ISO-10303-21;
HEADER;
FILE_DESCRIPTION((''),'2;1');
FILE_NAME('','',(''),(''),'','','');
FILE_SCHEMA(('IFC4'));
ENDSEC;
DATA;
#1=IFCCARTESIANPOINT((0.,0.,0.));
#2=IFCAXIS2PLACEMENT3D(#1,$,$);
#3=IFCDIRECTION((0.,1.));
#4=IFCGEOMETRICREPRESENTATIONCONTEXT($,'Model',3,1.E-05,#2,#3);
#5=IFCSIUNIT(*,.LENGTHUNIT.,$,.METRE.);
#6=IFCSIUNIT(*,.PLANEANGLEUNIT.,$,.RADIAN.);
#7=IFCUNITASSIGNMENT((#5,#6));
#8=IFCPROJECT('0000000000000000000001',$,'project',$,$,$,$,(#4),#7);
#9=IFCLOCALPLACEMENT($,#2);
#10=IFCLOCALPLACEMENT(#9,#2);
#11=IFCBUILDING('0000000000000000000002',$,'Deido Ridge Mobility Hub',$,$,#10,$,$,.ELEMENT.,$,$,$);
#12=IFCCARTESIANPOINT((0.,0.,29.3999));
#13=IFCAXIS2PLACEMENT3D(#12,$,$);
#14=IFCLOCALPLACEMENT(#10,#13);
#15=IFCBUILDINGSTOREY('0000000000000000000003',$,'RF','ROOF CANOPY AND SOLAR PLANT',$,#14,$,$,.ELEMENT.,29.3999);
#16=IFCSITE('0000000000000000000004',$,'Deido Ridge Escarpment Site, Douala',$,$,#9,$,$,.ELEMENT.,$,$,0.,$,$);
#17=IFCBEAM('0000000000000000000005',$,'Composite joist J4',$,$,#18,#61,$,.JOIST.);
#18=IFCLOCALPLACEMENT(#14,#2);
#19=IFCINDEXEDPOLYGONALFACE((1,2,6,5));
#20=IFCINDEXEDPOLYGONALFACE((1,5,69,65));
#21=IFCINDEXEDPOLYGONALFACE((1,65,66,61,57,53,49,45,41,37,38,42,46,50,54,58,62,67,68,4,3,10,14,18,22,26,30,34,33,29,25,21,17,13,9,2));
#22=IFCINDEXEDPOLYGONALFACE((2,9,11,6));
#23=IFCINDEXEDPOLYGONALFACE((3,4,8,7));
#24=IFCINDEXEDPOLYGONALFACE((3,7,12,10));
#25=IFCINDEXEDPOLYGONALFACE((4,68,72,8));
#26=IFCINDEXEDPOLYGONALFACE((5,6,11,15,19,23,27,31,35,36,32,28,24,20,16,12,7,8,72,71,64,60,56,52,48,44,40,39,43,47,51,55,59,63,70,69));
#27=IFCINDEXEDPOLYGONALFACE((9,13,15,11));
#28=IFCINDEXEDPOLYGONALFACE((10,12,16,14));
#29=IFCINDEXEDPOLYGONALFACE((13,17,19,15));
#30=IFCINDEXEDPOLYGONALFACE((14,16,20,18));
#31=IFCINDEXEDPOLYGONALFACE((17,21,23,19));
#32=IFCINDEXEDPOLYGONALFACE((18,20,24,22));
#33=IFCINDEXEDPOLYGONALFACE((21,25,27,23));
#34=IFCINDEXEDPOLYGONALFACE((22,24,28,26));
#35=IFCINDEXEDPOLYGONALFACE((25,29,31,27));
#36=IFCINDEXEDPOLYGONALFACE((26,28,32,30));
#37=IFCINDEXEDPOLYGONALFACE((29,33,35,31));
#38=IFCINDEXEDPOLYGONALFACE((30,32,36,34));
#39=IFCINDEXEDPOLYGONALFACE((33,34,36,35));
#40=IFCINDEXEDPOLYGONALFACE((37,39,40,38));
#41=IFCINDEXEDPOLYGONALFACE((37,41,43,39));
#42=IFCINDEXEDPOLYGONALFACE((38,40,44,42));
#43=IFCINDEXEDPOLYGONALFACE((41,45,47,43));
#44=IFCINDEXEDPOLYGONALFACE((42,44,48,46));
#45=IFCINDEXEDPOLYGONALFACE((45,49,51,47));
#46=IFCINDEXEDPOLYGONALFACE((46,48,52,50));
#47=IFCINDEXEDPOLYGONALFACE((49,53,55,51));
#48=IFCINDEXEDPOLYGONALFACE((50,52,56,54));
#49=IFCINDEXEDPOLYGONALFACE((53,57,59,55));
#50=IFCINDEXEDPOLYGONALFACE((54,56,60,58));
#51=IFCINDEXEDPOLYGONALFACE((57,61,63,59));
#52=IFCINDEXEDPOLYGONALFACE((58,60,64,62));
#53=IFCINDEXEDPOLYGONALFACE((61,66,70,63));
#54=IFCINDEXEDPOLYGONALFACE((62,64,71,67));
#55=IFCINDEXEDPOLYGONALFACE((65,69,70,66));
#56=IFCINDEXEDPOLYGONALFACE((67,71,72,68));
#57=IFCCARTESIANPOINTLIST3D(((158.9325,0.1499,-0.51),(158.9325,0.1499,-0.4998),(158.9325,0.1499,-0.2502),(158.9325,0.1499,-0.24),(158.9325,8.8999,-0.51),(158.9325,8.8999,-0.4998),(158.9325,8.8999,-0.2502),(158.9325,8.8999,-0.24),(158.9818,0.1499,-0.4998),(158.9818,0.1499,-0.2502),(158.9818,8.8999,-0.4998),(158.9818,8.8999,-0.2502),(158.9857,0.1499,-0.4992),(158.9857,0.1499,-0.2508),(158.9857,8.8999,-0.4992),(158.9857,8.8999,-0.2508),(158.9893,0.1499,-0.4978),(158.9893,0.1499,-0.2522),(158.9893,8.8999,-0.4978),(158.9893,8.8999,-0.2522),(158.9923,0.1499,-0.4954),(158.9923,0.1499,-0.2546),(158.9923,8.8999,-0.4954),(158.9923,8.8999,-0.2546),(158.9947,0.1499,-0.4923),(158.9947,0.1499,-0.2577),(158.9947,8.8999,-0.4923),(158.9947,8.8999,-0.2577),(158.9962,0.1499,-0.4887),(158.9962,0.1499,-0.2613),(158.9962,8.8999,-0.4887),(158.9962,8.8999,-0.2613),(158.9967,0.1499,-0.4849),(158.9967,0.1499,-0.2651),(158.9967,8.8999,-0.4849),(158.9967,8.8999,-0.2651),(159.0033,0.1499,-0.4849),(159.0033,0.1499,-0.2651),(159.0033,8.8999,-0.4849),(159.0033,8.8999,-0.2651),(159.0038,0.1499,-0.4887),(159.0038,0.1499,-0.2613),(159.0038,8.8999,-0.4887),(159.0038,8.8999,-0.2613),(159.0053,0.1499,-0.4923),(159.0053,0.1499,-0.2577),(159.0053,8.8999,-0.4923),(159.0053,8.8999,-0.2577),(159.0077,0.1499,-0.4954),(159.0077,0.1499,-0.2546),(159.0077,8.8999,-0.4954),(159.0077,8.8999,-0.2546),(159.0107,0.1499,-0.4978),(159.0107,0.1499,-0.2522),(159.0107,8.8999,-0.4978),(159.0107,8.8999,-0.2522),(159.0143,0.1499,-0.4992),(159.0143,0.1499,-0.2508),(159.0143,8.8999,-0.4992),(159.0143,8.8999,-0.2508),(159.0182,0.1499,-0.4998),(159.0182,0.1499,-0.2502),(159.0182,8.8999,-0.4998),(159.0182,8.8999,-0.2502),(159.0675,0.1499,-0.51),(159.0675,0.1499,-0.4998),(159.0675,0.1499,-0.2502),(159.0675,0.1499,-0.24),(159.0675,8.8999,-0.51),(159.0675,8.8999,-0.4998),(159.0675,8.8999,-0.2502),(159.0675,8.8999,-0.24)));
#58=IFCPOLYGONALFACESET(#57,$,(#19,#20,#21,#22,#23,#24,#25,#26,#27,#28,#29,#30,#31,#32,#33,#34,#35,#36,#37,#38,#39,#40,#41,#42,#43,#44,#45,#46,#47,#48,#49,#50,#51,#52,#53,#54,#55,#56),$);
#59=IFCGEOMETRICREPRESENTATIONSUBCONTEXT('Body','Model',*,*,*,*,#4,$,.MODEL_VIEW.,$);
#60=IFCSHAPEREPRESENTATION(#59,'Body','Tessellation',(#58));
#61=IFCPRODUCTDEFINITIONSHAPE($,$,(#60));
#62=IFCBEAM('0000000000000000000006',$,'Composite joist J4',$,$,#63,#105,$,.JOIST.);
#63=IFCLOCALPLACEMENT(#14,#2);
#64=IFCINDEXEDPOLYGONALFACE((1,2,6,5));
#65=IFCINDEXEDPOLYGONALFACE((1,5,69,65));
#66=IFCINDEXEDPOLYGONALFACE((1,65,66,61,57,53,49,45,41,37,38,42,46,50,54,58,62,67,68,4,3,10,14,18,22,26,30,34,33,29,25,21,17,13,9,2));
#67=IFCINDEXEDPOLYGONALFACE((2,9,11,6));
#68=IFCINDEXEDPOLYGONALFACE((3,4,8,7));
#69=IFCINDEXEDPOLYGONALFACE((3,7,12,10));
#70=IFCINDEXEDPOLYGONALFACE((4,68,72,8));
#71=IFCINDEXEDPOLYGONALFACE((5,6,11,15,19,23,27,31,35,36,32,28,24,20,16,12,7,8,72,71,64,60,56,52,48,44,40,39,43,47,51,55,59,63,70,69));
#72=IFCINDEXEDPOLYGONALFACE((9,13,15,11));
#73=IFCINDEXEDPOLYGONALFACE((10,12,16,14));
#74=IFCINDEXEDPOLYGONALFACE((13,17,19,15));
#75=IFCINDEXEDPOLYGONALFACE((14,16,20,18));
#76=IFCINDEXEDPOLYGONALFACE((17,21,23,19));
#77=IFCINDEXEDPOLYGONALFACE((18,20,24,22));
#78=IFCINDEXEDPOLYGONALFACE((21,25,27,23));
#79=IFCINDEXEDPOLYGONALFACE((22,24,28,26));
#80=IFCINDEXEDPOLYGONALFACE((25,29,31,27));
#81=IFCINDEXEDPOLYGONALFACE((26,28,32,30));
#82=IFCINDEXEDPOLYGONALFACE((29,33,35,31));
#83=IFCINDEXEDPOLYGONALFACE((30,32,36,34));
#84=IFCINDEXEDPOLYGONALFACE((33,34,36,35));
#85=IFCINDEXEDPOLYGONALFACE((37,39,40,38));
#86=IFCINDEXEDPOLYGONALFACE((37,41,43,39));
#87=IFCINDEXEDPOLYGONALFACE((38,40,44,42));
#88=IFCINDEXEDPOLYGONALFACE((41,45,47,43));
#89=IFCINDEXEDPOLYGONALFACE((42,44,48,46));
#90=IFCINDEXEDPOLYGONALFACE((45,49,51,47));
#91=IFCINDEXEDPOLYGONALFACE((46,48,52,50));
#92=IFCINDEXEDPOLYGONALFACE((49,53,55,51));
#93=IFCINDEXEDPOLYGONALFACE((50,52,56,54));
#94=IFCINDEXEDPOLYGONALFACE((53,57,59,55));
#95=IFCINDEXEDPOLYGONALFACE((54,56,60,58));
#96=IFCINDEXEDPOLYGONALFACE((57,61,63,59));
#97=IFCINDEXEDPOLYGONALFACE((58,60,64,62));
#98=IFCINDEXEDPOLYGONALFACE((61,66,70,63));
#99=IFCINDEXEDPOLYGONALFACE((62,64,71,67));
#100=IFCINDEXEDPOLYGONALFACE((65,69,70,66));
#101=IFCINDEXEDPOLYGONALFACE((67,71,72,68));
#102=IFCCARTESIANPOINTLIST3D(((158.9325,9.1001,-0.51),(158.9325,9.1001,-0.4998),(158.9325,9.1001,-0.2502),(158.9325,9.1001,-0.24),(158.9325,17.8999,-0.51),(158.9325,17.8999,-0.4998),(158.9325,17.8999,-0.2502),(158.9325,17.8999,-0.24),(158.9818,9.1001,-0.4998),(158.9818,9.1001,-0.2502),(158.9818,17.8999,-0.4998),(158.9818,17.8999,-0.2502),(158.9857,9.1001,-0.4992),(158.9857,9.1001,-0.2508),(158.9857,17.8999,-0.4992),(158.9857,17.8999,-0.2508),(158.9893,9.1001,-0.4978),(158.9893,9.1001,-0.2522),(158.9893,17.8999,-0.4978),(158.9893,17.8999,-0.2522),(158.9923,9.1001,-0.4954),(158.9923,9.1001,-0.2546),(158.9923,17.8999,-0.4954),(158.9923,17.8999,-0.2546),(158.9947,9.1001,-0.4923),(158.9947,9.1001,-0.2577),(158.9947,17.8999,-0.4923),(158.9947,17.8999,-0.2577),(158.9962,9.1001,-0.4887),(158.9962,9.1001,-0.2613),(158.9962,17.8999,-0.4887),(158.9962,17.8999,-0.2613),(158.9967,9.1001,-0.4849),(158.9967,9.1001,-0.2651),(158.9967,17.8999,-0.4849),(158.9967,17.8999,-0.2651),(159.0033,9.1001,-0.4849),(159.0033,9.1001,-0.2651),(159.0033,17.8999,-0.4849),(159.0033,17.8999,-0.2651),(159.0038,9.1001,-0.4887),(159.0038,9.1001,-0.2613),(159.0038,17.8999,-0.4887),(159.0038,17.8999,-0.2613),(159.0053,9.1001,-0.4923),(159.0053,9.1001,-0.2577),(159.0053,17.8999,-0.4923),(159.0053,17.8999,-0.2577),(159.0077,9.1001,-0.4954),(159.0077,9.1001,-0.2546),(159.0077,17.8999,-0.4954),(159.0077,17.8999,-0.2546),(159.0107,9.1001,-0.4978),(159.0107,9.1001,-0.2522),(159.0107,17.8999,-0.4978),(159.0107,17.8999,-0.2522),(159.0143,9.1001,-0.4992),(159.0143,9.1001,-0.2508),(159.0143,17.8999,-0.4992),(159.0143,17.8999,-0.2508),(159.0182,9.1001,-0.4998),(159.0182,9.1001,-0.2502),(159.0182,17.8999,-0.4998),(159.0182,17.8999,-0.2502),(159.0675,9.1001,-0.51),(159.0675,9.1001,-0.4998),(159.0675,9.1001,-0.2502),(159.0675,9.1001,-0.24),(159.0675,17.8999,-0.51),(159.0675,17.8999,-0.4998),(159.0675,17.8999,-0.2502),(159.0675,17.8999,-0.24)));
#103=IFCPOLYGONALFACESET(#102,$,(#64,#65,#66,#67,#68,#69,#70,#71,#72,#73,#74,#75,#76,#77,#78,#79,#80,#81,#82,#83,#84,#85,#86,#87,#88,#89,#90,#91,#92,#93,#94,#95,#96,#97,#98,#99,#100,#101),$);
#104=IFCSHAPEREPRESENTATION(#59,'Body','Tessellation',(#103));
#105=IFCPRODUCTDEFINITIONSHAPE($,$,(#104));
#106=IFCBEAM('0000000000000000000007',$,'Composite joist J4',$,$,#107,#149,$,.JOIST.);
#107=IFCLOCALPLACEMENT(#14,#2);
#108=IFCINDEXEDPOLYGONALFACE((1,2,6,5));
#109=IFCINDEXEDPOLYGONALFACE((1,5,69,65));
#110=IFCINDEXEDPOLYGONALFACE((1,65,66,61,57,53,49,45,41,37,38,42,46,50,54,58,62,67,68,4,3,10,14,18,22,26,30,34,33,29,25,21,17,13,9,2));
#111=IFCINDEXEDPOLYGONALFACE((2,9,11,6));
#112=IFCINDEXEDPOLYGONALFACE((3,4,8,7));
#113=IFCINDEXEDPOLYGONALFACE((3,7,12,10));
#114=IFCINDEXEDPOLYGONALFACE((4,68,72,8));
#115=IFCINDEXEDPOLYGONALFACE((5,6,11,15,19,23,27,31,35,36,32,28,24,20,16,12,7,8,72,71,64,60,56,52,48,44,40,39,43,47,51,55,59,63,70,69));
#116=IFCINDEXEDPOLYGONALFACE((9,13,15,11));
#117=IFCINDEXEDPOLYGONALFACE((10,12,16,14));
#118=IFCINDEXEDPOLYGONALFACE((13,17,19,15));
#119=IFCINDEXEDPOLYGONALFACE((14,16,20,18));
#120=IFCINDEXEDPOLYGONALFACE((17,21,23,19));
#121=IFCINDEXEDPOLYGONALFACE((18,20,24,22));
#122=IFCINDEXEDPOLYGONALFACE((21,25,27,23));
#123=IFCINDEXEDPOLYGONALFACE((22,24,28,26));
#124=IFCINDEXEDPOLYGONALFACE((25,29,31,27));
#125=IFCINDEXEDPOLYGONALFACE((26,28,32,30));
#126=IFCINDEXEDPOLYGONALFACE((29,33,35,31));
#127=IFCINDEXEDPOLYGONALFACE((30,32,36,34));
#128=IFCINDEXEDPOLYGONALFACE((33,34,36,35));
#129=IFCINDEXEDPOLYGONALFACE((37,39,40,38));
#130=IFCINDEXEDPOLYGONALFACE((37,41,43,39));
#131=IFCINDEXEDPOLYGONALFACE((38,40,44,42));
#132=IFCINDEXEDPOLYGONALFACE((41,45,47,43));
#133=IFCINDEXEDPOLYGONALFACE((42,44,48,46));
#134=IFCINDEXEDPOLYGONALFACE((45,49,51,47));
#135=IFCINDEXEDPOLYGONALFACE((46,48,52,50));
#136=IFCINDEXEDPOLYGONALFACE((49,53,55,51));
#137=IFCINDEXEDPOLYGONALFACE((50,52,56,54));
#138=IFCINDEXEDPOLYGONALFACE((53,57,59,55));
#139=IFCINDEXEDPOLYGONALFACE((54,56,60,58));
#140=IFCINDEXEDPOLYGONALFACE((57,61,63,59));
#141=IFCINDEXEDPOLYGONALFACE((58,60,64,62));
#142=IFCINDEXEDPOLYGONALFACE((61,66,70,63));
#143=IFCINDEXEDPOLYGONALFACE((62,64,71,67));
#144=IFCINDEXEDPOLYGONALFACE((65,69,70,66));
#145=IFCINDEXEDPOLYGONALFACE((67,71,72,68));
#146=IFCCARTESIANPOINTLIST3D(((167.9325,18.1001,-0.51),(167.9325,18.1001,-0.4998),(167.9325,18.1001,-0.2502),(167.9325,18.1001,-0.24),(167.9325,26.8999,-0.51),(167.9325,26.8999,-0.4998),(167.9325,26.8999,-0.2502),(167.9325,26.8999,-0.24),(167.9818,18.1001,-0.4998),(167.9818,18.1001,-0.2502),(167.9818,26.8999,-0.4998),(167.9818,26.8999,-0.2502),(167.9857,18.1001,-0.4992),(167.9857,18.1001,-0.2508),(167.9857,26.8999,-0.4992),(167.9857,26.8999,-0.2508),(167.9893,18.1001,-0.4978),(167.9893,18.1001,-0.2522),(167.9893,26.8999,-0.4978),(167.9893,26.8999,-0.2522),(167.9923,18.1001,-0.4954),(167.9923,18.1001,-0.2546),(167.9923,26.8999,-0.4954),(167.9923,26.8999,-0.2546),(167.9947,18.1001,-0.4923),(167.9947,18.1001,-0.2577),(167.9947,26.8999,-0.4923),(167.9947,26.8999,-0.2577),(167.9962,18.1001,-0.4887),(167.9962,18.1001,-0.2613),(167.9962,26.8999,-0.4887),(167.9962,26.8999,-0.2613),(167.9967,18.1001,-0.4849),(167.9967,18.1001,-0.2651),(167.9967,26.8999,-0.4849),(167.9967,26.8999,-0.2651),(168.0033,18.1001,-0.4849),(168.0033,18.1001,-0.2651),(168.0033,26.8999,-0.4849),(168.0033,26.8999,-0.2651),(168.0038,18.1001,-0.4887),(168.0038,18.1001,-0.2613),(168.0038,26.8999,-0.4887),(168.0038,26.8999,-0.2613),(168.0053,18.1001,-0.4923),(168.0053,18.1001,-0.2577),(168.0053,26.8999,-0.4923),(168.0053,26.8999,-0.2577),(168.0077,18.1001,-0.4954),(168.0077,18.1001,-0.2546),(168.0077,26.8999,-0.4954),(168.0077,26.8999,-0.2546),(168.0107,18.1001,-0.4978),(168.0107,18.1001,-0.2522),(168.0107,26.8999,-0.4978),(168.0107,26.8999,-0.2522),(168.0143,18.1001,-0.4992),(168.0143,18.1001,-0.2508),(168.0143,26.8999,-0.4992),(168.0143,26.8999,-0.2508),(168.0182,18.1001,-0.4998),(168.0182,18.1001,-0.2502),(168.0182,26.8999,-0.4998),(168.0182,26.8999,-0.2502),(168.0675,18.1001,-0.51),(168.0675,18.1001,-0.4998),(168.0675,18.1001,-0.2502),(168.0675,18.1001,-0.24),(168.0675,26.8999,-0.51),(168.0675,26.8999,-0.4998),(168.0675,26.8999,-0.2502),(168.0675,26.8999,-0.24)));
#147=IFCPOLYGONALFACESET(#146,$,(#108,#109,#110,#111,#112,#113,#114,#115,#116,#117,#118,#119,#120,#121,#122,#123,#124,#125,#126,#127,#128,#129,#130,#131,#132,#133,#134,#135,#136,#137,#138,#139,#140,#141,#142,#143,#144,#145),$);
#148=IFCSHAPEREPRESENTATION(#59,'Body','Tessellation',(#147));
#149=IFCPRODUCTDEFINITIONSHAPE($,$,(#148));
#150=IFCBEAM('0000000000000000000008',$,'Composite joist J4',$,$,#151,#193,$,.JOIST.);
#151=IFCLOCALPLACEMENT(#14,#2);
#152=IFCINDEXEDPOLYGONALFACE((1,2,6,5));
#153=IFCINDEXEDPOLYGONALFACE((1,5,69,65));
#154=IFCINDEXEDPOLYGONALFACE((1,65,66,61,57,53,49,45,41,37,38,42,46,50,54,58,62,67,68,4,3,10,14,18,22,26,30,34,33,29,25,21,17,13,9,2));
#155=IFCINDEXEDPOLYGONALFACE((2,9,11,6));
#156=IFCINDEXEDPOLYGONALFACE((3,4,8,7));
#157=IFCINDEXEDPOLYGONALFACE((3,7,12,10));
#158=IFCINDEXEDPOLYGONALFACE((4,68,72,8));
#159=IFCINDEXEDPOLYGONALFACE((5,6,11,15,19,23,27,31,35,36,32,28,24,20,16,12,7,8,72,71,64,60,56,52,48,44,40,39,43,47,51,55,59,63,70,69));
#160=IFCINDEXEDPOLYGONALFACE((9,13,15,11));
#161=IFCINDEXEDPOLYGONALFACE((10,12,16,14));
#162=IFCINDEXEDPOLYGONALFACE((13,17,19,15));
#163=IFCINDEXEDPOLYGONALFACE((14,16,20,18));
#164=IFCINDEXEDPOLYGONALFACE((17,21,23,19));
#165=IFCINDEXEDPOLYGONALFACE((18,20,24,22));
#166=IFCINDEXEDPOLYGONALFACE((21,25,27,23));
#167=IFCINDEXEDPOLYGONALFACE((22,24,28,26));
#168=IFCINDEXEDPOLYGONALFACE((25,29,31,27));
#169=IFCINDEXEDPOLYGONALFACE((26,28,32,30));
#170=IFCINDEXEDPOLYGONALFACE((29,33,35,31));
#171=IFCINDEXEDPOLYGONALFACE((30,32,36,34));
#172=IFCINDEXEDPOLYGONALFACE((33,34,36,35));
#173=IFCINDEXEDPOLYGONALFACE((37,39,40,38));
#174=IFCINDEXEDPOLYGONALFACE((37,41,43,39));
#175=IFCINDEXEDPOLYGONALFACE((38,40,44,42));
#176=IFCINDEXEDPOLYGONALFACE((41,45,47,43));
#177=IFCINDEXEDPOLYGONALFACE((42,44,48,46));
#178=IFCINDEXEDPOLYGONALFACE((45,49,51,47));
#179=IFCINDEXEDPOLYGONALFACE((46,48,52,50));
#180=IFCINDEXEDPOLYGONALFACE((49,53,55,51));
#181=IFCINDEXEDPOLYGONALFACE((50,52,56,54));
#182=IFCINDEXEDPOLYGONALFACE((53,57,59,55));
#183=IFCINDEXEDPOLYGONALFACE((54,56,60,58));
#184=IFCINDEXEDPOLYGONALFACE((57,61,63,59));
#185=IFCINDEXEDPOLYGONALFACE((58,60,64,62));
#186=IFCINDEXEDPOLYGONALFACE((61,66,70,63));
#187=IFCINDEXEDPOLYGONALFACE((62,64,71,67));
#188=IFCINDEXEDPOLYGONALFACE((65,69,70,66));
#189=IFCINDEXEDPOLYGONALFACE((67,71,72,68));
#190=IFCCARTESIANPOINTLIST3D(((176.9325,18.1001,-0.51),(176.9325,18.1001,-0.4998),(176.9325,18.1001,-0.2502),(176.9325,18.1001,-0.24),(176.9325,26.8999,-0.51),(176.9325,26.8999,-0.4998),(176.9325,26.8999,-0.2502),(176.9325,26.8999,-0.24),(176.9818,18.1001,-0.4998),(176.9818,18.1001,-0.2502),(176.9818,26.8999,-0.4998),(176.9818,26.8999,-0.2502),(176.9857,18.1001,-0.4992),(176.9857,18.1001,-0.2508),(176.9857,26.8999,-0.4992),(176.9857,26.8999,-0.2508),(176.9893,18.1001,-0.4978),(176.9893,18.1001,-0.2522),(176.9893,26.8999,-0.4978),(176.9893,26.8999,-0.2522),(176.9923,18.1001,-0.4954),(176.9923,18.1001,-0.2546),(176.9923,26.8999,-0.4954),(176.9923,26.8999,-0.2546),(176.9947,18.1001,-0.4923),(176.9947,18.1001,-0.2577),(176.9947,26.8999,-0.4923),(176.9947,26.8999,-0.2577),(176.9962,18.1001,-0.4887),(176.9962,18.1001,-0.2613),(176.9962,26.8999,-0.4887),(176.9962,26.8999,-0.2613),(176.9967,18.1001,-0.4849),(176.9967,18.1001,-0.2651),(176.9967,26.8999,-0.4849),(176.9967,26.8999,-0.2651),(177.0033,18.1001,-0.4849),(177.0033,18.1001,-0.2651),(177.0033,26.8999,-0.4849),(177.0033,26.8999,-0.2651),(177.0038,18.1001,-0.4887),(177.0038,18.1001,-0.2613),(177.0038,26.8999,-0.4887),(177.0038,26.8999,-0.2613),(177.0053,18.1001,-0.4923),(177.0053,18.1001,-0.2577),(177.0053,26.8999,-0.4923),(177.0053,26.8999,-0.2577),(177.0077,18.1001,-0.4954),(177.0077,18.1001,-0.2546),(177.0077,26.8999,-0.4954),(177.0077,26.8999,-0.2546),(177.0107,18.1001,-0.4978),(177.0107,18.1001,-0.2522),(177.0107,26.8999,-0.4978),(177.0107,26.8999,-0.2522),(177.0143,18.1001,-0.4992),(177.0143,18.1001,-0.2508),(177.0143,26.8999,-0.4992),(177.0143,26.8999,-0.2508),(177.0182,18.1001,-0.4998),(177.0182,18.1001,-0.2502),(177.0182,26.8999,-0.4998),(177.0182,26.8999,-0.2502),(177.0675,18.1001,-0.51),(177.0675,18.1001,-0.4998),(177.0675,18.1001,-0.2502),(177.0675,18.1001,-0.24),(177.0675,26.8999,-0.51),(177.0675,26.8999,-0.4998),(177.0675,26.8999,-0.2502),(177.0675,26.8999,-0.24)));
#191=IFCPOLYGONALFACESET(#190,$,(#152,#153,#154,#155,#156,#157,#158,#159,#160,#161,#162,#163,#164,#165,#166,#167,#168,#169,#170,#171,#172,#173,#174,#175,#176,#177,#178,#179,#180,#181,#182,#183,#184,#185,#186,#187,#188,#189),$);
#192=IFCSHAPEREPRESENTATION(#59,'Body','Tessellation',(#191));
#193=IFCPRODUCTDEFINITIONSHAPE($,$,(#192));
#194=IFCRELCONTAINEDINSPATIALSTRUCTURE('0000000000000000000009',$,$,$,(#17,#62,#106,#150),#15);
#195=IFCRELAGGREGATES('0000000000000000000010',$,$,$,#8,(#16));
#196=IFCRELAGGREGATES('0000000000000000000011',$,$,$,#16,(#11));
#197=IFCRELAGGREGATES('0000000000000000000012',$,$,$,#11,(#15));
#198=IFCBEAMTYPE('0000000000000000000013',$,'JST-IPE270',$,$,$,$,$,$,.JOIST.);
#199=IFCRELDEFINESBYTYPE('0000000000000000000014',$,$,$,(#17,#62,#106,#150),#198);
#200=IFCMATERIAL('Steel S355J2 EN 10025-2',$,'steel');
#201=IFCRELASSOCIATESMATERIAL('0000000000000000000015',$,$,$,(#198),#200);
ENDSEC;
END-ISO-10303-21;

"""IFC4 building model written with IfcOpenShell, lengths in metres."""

from ifc_helpers import new_model, si_unit, direction, frame, origin, origin_2d, place, context, subcontext, project, spatial, i_section, extrude, material, material_profile, profile_set, type_object, element, save


model = new_model("IFC4")

# Units and contexts
model_context = context("Model", 3, precision=1e-05, world=origin(), true_north=direction((0.0, 1.0)))
body_context = subcontext(model_context, "Body", "Model", "MODEL_VIEW")
ifc_project = project(units=[si_unit("LENGTHUNIT", "METRE"), si_unit("PLANEANGLEUNIT", "RADIAN")], contexts=[model_context])

# Site, building, storey
site_placement = place(None, origin())
site = spatial("IfcSite", under=ifc_project, at=site_placement, Name="Deido Ridge Escarpment Site, Douala", CompositionType="ELEMENT", RefElevation=0.0)
building_placement = place(site_placement, origin())
building = spatial("IfcBuilding", under=site, at=building_placement, Name="Deido Ridge Mobility Hub", CompositionType="ELEMENT")
storey_placement = place(building_placement, frame((0.0, 0.0, 29.3999)))
storey = spatial("IfcBuildingStorey", under=building, at=storey_placement, Name="RF", Description="ROOF CANOPY AND SOLAR PLANT", CompositionType="ELEMENT", Elevation=29.3999)

# Beams
ifc_material_1 = material(Name="Steel S355J2 EN 10025-2", Category="steel")
ifc_material_profile_1 = material_profile(ifc_material_1, i_section(OverallWidth=0.135, OverallDepth=0.27, WebThickness=0.0066, FlangeThickness=0.0103, FilletRadius=0.0149, at=origin_2d()), Name="IPE 270")
ifc_profile_set_1 = profile_set([ifc_material_profile_1], Name="Steel S355J2 EN 10025-2")
beam_type_1 = type_object("IfcBeamType", Name="JST-IPE270", PredefinedType="JOIST", material=ifc_profile_set_1)
beam_1_placement = place(storey_placement, frame((159.0, 0.1499, -0.375), z_axis=(0.0, 1.0, 0.0), x_axis=(-1.0, 0.0, 0.0)))
element("IfcBeam", 1, at=beam_1_placement, inside=storey, type_object=beam_type_1, Name="Composite joist J4", PredefinedType="JOIST", context=body_context, shape_type="SweptSolid", body=[
    extrude(i_section(OverallWidth=0.135, OverallDepth=0.27, WebThickness=0.0066, FlangeThickness=0.0103, FilletRadius=0.0149, at=origin_2d()), origin(), (0.0, 0.0, 1.0), 8.75),
])
for number, where, z_axis, x_axis, name in (
    (2, (159.0, 9.1001, -0.375), (0.0, 1.0, 0.0), (-1.0, 0.0, 0.0), "Composite joist J4"),
    (3, (168.0, 18.1001, -0.375), (0.0, 1.0, 0.0), (-1.0, 0.0, 0.0), "Composite joist J4"),
    (4, (177.0, 18.1001, -0.375), (0.0, 1.0, 0.0), (-1.0, 0.0, 0.0), "Composite joist J4"),
):
    element("IfcBeam", number, at=place(storey_placement, frame(where, z_axis=z_axis, x_axis=x_axis)), inside=storey, type_object=beam_type_1, Name=name, PredefinedType="JOIST", context=body_context, shape_type="SweptSolid", body=[
        extrude(i_section(OverallWidth=0.135, OverallDepth=0.27, WebThickness=0.0066, FlangeThickness=0.0103, FilletRadius=0.0149, at=origin_2d()), origin(), (0.0, 0.0, 1.0), 8.7998),
    ])

save(model, "model.ifc")
